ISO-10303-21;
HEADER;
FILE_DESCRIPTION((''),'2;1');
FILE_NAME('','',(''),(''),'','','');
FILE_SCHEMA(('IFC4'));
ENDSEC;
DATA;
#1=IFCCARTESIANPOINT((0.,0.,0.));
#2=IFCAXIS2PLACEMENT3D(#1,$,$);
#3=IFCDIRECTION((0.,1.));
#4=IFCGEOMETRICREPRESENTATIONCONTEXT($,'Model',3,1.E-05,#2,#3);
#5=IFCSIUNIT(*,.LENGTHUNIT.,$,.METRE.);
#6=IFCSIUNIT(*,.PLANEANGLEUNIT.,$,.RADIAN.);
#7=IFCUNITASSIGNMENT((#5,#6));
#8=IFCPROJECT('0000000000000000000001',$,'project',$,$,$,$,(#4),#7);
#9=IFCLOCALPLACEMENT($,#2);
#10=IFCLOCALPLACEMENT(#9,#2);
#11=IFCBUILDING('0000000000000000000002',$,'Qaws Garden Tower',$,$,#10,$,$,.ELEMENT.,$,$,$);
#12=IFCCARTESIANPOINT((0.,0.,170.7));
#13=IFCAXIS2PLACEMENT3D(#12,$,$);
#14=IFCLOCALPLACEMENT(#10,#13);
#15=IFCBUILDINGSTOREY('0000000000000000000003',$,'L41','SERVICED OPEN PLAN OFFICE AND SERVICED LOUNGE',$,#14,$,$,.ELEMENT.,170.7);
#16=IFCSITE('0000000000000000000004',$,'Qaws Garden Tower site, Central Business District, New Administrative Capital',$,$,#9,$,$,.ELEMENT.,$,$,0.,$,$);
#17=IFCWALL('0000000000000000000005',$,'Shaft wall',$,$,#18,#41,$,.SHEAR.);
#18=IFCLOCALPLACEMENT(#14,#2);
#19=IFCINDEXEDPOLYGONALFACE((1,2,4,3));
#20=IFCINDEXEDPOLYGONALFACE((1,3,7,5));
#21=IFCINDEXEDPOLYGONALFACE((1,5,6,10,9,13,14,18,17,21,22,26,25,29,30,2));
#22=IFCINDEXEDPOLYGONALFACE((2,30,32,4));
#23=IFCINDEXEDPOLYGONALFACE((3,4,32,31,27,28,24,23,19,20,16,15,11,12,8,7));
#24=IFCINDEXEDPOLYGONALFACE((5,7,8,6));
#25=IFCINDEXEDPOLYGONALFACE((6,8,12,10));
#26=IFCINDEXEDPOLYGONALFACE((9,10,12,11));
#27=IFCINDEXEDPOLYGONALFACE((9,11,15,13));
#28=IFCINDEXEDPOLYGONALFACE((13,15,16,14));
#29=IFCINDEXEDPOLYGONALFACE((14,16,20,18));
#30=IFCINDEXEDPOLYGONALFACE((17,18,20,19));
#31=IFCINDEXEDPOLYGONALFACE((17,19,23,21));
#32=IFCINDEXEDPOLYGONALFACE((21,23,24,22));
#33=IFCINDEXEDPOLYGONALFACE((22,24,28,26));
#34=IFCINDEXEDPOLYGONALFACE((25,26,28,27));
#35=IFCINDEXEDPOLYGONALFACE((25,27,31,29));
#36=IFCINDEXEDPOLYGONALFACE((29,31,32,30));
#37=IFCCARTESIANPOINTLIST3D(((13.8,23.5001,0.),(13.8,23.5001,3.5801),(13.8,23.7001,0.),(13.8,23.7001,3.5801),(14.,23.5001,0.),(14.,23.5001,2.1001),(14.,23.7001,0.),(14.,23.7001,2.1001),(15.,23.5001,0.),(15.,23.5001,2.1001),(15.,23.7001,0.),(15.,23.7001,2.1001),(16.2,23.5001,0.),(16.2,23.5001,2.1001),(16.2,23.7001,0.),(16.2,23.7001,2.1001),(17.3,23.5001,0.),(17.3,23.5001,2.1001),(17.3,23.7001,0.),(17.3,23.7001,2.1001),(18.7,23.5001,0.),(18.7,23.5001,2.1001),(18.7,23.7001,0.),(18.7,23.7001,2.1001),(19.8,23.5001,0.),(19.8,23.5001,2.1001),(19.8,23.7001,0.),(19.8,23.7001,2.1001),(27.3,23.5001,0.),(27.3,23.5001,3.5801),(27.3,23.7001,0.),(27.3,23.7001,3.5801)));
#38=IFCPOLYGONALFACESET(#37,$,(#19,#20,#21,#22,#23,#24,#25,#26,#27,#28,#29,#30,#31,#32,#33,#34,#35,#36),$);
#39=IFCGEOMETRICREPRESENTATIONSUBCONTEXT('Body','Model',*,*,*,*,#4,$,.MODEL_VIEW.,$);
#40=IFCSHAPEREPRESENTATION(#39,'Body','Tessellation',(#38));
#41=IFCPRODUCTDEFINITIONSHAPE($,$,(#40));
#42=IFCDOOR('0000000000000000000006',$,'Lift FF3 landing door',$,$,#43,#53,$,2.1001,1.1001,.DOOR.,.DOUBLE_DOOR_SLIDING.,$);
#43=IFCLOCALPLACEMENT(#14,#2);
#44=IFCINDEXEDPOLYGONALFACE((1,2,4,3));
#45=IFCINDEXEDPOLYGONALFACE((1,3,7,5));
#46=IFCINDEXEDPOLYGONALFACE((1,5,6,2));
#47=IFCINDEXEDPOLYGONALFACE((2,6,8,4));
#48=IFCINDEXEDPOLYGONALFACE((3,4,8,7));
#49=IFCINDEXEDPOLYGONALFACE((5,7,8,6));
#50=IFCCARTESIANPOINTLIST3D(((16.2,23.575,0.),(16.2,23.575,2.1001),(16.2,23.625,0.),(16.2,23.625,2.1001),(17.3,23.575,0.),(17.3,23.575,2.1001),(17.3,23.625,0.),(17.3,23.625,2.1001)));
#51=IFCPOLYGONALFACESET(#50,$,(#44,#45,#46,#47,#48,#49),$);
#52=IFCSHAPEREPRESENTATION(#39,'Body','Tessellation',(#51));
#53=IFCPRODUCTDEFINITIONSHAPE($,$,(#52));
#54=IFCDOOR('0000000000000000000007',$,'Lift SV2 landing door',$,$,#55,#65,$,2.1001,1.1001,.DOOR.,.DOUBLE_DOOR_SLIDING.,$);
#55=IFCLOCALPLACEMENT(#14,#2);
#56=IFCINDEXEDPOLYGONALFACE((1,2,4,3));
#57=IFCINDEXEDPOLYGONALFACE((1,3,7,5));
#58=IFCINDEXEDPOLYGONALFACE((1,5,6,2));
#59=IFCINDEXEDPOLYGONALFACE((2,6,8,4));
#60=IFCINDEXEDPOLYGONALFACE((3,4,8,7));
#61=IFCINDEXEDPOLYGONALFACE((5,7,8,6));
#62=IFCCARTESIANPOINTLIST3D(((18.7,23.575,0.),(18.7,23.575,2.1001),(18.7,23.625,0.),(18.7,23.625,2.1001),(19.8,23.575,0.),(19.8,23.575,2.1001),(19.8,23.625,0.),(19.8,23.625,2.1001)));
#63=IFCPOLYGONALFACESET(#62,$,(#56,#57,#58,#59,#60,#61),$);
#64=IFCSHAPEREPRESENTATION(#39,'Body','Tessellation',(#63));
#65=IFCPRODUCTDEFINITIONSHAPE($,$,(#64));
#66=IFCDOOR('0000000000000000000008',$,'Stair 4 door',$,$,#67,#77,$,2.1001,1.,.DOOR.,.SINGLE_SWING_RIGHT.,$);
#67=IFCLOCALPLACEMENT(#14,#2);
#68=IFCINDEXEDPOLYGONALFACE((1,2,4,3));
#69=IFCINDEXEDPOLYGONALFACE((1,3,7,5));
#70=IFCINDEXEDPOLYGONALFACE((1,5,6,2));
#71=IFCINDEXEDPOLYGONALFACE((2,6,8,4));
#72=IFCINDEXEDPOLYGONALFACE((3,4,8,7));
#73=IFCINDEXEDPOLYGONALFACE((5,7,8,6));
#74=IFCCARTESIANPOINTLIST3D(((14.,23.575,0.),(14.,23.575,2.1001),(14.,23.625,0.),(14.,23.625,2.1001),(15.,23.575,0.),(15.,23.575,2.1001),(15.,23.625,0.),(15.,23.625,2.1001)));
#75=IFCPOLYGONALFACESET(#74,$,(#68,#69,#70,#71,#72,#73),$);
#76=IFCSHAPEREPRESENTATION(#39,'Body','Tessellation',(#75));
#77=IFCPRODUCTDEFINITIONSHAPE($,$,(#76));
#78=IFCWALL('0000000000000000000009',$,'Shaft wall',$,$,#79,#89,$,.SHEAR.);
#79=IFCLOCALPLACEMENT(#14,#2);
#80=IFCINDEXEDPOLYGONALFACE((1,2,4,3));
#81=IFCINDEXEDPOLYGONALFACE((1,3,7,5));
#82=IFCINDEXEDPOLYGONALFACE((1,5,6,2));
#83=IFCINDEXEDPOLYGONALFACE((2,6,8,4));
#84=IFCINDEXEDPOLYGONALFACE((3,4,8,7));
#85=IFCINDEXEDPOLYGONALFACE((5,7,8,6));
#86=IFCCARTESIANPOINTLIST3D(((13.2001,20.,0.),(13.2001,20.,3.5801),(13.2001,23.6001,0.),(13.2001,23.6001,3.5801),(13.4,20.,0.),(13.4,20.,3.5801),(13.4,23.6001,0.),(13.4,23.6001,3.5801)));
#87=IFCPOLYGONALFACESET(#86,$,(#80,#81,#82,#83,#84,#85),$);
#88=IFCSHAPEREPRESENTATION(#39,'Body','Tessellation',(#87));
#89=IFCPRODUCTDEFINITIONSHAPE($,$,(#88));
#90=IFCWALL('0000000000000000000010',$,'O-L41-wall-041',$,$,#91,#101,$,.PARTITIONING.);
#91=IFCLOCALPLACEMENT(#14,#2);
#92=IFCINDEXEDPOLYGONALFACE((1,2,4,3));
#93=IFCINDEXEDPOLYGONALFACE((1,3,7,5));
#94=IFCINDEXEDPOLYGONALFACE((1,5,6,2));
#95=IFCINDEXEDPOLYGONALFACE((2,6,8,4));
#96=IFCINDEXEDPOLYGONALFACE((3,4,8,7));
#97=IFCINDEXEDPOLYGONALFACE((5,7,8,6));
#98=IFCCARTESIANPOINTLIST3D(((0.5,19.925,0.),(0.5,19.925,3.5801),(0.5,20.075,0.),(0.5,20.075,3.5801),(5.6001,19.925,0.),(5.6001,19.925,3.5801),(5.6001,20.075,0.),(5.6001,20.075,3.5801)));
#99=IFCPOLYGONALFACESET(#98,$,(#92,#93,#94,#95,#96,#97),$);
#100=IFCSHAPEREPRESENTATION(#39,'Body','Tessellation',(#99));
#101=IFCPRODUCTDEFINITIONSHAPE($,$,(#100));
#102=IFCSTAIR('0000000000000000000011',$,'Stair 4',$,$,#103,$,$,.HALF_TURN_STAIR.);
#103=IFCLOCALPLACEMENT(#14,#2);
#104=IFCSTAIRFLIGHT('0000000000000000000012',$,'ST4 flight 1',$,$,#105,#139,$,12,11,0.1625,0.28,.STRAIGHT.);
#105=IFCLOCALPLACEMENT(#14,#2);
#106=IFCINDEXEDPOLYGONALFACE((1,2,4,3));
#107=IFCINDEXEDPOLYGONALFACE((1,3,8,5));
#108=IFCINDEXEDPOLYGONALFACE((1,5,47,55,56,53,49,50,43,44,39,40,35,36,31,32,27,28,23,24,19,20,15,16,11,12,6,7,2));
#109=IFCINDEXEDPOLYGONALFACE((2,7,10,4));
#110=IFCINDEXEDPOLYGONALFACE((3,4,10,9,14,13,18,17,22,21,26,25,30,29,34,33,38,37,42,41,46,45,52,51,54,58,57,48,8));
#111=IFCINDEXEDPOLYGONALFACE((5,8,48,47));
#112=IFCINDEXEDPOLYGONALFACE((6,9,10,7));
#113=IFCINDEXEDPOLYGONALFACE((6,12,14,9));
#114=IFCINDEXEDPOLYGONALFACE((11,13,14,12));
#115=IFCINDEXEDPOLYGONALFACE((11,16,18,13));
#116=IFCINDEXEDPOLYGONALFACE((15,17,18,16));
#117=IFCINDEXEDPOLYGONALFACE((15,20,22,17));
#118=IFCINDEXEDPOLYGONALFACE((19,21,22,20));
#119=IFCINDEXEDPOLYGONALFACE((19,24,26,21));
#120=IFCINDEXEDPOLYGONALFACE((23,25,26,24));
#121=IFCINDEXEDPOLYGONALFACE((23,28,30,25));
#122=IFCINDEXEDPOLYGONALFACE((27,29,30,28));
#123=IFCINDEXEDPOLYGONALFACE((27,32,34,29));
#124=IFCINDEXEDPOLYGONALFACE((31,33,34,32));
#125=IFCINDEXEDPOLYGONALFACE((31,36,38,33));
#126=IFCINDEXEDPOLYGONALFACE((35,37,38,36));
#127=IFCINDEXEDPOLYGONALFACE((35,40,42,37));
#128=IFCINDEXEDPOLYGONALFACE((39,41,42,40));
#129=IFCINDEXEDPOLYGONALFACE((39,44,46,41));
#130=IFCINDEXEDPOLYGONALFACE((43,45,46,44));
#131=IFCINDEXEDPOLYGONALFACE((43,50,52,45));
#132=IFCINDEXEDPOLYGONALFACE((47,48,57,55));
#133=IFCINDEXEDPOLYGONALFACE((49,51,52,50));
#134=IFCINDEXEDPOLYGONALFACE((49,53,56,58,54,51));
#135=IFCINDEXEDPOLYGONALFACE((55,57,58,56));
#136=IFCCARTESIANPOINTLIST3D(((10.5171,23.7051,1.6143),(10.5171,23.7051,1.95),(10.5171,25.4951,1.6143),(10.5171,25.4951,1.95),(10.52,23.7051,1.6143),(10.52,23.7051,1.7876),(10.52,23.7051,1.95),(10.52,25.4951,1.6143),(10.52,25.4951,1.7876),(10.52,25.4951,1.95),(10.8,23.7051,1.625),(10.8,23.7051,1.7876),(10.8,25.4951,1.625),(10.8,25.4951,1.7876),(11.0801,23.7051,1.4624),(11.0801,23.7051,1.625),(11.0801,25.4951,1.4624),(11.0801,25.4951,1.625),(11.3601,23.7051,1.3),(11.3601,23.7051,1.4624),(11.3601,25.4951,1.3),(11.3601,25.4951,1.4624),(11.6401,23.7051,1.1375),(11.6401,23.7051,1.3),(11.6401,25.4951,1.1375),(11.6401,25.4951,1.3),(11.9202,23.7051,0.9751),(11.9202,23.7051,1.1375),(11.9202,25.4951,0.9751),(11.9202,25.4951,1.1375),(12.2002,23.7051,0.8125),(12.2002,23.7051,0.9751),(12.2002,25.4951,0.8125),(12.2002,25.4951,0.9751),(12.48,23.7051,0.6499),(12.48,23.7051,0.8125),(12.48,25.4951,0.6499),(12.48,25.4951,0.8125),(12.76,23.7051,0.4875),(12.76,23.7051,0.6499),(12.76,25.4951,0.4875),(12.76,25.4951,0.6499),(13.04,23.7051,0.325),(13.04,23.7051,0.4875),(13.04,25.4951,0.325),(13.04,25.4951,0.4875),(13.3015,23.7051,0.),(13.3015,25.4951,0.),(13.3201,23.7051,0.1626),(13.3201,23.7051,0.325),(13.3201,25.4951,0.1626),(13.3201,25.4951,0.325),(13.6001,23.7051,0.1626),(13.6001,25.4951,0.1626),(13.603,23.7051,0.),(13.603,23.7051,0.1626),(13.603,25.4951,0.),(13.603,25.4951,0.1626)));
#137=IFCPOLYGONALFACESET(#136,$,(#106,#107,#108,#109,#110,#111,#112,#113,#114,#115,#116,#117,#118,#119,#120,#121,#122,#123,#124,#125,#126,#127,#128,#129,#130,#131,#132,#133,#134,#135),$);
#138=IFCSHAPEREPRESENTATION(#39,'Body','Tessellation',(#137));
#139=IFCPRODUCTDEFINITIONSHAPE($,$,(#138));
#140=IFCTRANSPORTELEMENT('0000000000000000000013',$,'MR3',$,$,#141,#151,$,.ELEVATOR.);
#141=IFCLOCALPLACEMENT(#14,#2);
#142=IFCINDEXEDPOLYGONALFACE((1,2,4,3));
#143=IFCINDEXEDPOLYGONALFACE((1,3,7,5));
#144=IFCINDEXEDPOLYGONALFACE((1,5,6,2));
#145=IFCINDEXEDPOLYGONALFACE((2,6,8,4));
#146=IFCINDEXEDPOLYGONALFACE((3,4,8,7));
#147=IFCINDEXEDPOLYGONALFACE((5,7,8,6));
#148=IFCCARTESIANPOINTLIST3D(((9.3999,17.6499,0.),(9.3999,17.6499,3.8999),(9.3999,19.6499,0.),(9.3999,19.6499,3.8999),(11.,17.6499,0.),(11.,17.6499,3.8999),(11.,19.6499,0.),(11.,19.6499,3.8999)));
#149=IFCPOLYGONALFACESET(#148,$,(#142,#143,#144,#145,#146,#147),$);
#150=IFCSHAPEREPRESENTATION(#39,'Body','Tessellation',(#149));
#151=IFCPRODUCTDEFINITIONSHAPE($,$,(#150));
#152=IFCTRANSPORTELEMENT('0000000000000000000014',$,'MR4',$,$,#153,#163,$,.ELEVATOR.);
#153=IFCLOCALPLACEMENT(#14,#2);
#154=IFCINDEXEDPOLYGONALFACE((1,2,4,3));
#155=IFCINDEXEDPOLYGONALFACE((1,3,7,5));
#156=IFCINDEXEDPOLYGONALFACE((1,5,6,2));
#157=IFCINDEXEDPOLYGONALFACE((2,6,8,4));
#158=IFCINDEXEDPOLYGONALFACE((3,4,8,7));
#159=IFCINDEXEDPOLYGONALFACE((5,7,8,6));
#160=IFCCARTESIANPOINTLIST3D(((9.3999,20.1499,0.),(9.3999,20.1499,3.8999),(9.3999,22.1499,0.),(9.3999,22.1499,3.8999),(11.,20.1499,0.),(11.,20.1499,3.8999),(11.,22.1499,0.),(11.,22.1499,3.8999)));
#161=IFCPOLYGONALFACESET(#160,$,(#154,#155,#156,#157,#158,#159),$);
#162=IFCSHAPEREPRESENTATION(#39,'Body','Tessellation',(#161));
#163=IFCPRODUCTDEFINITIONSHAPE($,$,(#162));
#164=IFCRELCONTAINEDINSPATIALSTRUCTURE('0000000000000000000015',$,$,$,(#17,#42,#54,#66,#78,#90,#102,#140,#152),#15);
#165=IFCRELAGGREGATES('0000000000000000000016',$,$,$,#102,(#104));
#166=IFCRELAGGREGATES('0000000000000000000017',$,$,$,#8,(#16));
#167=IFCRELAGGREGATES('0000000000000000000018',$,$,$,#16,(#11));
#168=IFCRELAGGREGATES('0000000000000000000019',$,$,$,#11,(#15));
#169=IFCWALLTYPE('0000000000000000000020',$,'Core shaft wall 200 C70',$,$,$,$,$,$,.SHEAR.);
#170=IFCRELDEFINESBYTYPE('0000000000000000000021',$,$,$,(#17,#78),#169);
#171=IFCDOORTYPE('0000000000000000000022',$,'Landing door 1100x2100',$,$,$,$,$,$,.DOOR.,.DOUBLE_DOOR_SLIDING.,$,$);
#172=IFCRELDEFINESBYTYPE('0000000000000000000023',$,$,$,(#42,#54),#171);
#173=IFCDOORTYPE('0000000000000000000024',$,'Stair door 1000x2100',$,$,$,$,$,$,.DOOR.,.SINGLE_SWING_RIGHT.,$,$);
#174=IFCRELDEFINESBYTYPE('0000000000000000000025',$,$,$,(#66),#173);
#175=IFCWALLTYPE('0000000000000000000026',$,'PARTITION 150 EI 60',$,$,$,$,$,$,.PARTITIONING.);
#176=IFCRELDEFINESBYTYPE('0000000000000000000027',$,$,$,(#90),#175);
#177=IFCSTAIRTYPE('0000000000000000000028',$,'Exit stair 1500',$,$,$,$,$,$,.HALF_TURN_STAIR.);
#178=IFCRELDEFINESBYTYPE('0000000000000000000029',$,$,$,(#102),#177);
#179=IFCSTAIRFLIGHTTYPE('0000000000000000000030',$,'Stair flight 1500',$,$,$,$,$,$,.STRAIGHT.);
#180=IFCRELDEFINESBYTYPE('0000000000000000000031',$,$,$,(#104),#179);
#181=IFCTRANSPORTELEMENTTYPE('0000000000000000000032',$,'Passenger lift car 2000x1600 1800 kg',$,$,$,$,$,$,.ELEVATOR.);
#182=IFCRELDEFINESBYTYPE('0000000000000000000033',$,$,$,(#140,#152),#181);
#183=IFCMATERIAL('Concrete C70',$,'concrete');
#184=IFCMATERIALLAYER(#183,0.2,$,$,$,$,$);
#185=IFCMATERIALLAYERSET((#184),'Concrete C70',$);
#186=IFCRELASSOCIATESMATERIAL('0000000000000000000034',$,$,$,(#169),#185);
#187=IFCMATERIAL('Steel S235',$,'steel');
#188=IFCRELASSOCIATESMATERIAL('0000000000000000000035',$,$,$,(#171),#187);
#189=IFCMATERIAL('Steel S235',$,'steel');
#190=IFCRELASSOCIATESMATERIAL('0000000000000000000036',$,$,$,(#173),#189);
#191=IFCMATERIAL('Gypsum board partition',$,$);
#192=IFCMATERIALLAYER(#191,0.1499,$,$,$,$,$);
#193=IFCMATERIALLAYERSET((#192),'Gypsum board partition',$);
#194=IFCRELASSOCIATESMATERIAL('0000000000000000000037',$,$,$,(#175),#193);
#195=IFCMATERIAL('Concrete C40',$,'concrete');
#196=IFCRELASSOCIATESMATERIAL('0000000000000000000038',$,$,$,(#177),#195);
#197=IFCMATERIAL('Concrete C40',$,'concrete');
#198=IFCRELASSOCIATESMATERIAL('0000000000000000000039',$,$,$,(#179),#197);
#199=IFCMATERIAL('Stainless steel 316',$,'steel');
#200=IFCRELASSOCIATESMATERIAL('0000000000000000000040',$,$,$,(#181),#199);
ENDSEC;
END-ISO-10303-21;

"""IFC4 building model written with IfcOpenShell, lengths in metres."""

from ifc_helpers import new_model, si_unit, direction, frame, frame_2d, origin, origin_2d, place, context, subcontext, project, spatial, polyline, rectangle, outline, extrude, material, layer, layer_set, type_object, element, fill, aggregate, save


model = new_model("IFC4")

# Units and contexts
model_context = context("Model", 3, precision=1e-05, world=origin(), true_north=direction((0.0, 1.0)))
body_context = subcontext(model_context, "Body", "Model", "MODEL_VIEW")
ifc_project = project(units=[si_unit("LENGTHUNIT", "METRE"), si_unit("PLANEANGLEUNIT", "RADIAN")], contexts=[model_context])

# Site, building, storey
site_placement = place(None, origin())
site = spatial("IfcSite", under=ifc_project, at=site_placement, Name="Qaws Garden Tower site, Central Business District, New Administrative Capital", CompositionType="ELEMENT", RefElevation=0.0)
building_placement = place(site_placement, origin())
building = spatial("IfcBuilding", under=site, at=building_placement, Name="Qaws Garden Tower", CompositionType="ELEMENT")
storey_placement = place(building_placement, frame((0.0, 0.0, 170.7)))
storey = spatial("IfcBuildingStorey", under=building, at=storey_placement, Name="L41", Description="SERVICED OPEN PLAN OFFICE AND SERVICED LOUNGE", CompositionType="ELEMENT", Elevation=170.7)

# Shared definitions
ifc_material_1 = material(Name="Concrete C70", Category="concrete")
ifc_layer_1 = layer(ifc_material_1, 0.2)
ifc_layer_set_1 = layer_set([ifc_layer_1], Name="Concrete C70")
wall_type_1 = type_object("IfcWallType", Name="Core shaft wall 200 C70", PredefinedType="SHEAR", material=ifc_layer_set_1)

# Wall, openings, doors
wall_1_placement = place(storey_placement, frame((13.8, 23.6001, 0.0), z_axis=(0.0, 0.0, 1.0), x_axis=(1.0, 0.0, 0.0)))
wall_1 = element("IfcWall", 1, at=wall_1_placement, inside=storey, type_object=wall_type_1, Name="Shaft wall", PredefinedType="SHEAR", context=body_context, shape_type="SweptSolid", body=[
    extrude(rectangle(XDim=13.5, YDim=0.2, at=frame_2d((6.75, 0.0))), origin(), (0.0, 0.0, 1.0), 3.5801),
])
opening_1_placement = place(wall_1_placement, frame((2.3999, 0.0, 0.0)))
opening_1 = element("IfcOpeningElement", 2, at=opening_1_placement, cuts=wall_1, PredefinedType="OPENING", context=body_context, shape_type="SweptSolid", body=[
    extrude(rectangle(XDim=1.1001, YDim=2.1001, at=frame_2d((0.55, 1.05))), frame((0.0, 0.1099, 0.0), z_axis=(0.0, -1.0, 0.0), x_axis=(1.0, 0.0, 0.0)), (0.0, 0.0, 1.0), 0.22),
])
opening_2_placement = place(wall_1_placement, frame((4.8999, 0.0, 0.0)))
opening_2 = element("IfcOpeningElement", 3, at=opening_2_placement, cuts=wall_1, PredefinedType="OPENING", context=body_context, shape_type="SweptSolid", body=[
    extrude(rectangle(XDim=1.1001, YDim=2.1001, at=frame_2d((0.55, 1.05))), frame((0.0, 0.1099, 0.0), z_axis=(0.0, -1.0, 0.0), x_axis=(1.0, 0.0, 0.0)), (0.0, 0.0, 1.0), 0.22),
])
opening_3_placement = place(wall_1_placement, frame((0.2, 0.0, 0.0)))
opening_3 = element("IfcOpeningElement", 4, at=opening_3_placement, cuts=wall_1, PredefinedType="OPENING", context=body_context, shape_type="SweptSolid", body=[
    extrude(rectangle(XDim=1.0, YDim=2.1001, at=frame_2d((0.5, 1.05))), frame((0.0, 0.1099, 0.0), z_axis=(0.0, -1.0, 0.0), x_axis=(1.0, 0.0, 0.0)), (0.0, 0.0, 1.0), 0.22),
])
ifc_material_2 = material(Name="Steel S235", Category="steel")
door_type_1 = type_object("IfcDoorType", Name="Landing door 1100x2100", OperationType="DOUBLE_DOOR_SLIDING", PredefinedType="DOOR", material=ifc_material_2)
door_1_placement = place(opening_1_placement, origin())
door_1 = element("IfcDoor", 5, at=door_1_placement, inside=storey, type_object=door_type_1, Name="Lift FF3 landing door", OperationType="DOUBLE_DOOR_SLIDING", OverallHeight=2.1001, OverallWidth=1.1001, PredefinedType="DOOR", context=body_context, shape_type="SweptSolid", body=[
    extrude(rectangle(XDim=1.1001, YDim=2.1001, at=frame_2d((0.55, 1.05))), frame((0.0, 0.0249, 0.0), z_axis=(0.0, -1.0, 0.0), x_axis=(1.0, 0.0, 0.0)), (0.0, 0.0, 1.0), 0.05),
])
fill(opening_1, door_1)
door_2_placement = place(opening_2_placement, origin())
door_2 = element("IfcDoor", 6, at=door_2_placement, inside=storey, type_object=door_type_1, Name="Lift SV2 landing door", OperationType="DOUBLE_DOOR_SLIDING", OverallHeight=2.1001, OverallWidth=1.1001, PredefinedType="DOOR", context=body_context, shape_type="SweptSolid", body=[
    extrude(rectangle(XDim=1.1001, YDim=2.1001, at=frame_2d((0.55, 1.05))), frame((0.0, 0.0249, 0.0), z_axis=(0.0, -1.0, 0.0), x_axis=(1.0, 0.0, 0.0)), (0.0, 0.0, 1.0), 0.05),
])
fill(opening_2, door_2)
ifc_material_3 = material(Name="Steel S235", Category="steel")
door_type_2 = type_object("IfcDoorType", Name="Stair door 1000x2100", OperationType="SINGLE_SWING_RIGHT", PredefinedType="DOOR", material=ifc_material_3)
door_3_placement = place(opening_3_placement, origin())
door_3 = element("IfcDoor", 7, at=door_3_placement, inside=storey, type_object=door_type_2, Name="Stair 4 door", OperationType="SINGLE_SWING_RIGHT", OverallHeight=2.1001, OverallWidth=1.0, PredefinedType="DOOR", context=body_context, shape_type="SweptSolid", body=[
    extrude(rectangle(XDim=1.0, YDim=2.1001, at=frame_2d((0.5, 1.05))), frame((0.0, 0.0249, 0.0), z_axis=(0.0, -1.0, 0.0), x_axis=(1.0, 0.0, 0.0)), (0.0, 0.0, 1.0), 0.05),
])
fill(opening_3, door_3)

# Walls
wall_2_placement = place(storey_placement, frame((13.3, 20.0, 0.0), z_axis=(0.0, 0.0, 1.0), x_axis=(0.0, 1.0, 0.0)))
element("IfcWall", 8, at=wall_2_placement, inside=storey, type_object=wall_type_1, Name="Shaft wall", PredefinedType="SHEAR", context=body_context, shape_type="SweptSolid", body=[
    extrude(rectangle(XDim=3.6001, YDim=0.2, at=frame_2d((1.8, 0.0))), origin(), (0.0, 0.0, 1.0), 3.5801),
])
ifc_material_4 = material(Name="Gypsum board partition")
ifc_layer_2 = layer(ifc_material_4, 0.1499)
ifc_layer_set_2 = layer_set([ifc_layer_2], Name="Gypsum board partition")
wall_type_2 = type_object("IfcWallType", Name="PARTITION 150 EI 60", PredefinedType="PARTITIONING", material=ifc_layer_set_2)
wall_3_placement = place(storey_placement, frame((0.5, 20.0, 0.0), z_axis=(0.0, 0.0, 1.0), x_axis=(1.0, 0.0, 0.0)))
element("IfcWall", 9, at=wall_3_placement, inside=storey, type_object=wall_type_2, Name="O-L41-wall-041", PredefinedType="PARTITIONING", context=body_context, shape_type="SweptSolid", body=[
    extrude(rectangle(XDim=5.1001, YDim=0.1499, at=frame_2d((2.55, 0.0))), origin(), (0.0, 0.0, 1.0), 3.5801),
])

# Stair, stair flight
ifc_material_5 = material(Name="Concrete C40", Category="concrete")
stair_type = type_object("IfcStairType", Name="Exit stair 1500", PredefinedType="HALF_TURN_STAIR", material=ifc_material_5)
stair_placement = place(storey_placement, origin())
stair = element("IfcStair", 10, at=stair_placement, inside=storey, type_object=stair_type, Name="Stair 4", PredefinedType="HALF_TURN_STAIR")
ifc_material_6 = material(Name="Concrete C40", Category="concrete")
stair_flight_type = type_object("IfcStairFlightType", Name="Stair flight 1500", PredefinedType="STRAIGHT", material=ifc_material_6)
stair_flight_placement = place(storey_placement, frame((13.6001, 24.6001, 0.0), z_axis=(0.0, 0.0, 1.0), x_axis=(-1.0, 0.0, 0.0)))
stair_flight = element("IfcStairFlight", 11, at=stair_flight_placement, type_object=stair_flight_type, Name="ST4 flight 1", NumberOfRisers=12, NumberOfTreads=11, PredefinedType="STRAIGHT", RiserHeight=0.1625, TreadLength=0.28, context=body_context, shape_type="SweptSolid", body=[
    extrude(outline(polyline([(-0.0029, 0.0), (-0.0029, 0.1626), (0.0, 0.1626), (0.28, 0.1626), (0.28, 0.325), (0.5601, 0.325), (0.5601, 0.4875), (0.8401, 0.4875), (0.8401, 0.6499), (1.1201, 0.6499), (1.1201, 0.8125), (1.3999, 0.8125), (1.3999, 0.9751), (1.6799, 0.9751), (1.6799, 1.1375), (1.96, 1.1375), (1.96, 1.3), (2.24, 1.3), (2.24, 1.4624), (2.52, 1.4624), (2.52, 1.625), (2.8, 1.625), (2.8, 1.7876), (3.0801, 1.7876), (3.0801, 1.95), (3.083, 1.95), (3.083, 1.6143), (3.0801, 1.6143), (0.2986, 0.0), (-0.0029, 0.0)])), frame((0.0, 0.895, 0.0), z_axis=(0.0, -1.0, 0.0), x_axis=(1.0, 0.0, 0.0)), (0.0, 0.0, 1.0), 1.79),
])
aggregate(stair, [stair_flight])

# Transport elements
ifc_material_7 = material(Name="Stainless steel 316", Category="steel")
transport_element_type = type_object("IfcTransportElementType", Name="Passenger lift car 2000x1600 1800 kg", PredefinedType="ELEVATOR", material=ifc_material_7)
for number, where, z_axis, x_axis, name in (
    (12, (10.2, 18.6499, 0.0), (0.0, 0.0, 1.0), (1.0, 0.0, 0.0), "MR3"),
    (13, (10.2, 21.1499, 0.0), (0.0, 0.0, 1.0), (1.0, 0.0, 0.0), "MR4"),
):
    element("IfcTransportElement", number, at=place(storey_placement, frame(where, z_axis=z_axis, x_axis=x_axis)), inside=storey, type_object=transport_element_type, Name=name, PredefinedType="ELEVATOR", context=body_context, shape_type="SweptSolid", body=[
        extrude(rectangle(XDim=1.6001, YDim=2.0, at=origin_2d()), origin(), (0.0, 0.0, 1.0), 3.8999),
    ])

save(model, "model.ifc")
